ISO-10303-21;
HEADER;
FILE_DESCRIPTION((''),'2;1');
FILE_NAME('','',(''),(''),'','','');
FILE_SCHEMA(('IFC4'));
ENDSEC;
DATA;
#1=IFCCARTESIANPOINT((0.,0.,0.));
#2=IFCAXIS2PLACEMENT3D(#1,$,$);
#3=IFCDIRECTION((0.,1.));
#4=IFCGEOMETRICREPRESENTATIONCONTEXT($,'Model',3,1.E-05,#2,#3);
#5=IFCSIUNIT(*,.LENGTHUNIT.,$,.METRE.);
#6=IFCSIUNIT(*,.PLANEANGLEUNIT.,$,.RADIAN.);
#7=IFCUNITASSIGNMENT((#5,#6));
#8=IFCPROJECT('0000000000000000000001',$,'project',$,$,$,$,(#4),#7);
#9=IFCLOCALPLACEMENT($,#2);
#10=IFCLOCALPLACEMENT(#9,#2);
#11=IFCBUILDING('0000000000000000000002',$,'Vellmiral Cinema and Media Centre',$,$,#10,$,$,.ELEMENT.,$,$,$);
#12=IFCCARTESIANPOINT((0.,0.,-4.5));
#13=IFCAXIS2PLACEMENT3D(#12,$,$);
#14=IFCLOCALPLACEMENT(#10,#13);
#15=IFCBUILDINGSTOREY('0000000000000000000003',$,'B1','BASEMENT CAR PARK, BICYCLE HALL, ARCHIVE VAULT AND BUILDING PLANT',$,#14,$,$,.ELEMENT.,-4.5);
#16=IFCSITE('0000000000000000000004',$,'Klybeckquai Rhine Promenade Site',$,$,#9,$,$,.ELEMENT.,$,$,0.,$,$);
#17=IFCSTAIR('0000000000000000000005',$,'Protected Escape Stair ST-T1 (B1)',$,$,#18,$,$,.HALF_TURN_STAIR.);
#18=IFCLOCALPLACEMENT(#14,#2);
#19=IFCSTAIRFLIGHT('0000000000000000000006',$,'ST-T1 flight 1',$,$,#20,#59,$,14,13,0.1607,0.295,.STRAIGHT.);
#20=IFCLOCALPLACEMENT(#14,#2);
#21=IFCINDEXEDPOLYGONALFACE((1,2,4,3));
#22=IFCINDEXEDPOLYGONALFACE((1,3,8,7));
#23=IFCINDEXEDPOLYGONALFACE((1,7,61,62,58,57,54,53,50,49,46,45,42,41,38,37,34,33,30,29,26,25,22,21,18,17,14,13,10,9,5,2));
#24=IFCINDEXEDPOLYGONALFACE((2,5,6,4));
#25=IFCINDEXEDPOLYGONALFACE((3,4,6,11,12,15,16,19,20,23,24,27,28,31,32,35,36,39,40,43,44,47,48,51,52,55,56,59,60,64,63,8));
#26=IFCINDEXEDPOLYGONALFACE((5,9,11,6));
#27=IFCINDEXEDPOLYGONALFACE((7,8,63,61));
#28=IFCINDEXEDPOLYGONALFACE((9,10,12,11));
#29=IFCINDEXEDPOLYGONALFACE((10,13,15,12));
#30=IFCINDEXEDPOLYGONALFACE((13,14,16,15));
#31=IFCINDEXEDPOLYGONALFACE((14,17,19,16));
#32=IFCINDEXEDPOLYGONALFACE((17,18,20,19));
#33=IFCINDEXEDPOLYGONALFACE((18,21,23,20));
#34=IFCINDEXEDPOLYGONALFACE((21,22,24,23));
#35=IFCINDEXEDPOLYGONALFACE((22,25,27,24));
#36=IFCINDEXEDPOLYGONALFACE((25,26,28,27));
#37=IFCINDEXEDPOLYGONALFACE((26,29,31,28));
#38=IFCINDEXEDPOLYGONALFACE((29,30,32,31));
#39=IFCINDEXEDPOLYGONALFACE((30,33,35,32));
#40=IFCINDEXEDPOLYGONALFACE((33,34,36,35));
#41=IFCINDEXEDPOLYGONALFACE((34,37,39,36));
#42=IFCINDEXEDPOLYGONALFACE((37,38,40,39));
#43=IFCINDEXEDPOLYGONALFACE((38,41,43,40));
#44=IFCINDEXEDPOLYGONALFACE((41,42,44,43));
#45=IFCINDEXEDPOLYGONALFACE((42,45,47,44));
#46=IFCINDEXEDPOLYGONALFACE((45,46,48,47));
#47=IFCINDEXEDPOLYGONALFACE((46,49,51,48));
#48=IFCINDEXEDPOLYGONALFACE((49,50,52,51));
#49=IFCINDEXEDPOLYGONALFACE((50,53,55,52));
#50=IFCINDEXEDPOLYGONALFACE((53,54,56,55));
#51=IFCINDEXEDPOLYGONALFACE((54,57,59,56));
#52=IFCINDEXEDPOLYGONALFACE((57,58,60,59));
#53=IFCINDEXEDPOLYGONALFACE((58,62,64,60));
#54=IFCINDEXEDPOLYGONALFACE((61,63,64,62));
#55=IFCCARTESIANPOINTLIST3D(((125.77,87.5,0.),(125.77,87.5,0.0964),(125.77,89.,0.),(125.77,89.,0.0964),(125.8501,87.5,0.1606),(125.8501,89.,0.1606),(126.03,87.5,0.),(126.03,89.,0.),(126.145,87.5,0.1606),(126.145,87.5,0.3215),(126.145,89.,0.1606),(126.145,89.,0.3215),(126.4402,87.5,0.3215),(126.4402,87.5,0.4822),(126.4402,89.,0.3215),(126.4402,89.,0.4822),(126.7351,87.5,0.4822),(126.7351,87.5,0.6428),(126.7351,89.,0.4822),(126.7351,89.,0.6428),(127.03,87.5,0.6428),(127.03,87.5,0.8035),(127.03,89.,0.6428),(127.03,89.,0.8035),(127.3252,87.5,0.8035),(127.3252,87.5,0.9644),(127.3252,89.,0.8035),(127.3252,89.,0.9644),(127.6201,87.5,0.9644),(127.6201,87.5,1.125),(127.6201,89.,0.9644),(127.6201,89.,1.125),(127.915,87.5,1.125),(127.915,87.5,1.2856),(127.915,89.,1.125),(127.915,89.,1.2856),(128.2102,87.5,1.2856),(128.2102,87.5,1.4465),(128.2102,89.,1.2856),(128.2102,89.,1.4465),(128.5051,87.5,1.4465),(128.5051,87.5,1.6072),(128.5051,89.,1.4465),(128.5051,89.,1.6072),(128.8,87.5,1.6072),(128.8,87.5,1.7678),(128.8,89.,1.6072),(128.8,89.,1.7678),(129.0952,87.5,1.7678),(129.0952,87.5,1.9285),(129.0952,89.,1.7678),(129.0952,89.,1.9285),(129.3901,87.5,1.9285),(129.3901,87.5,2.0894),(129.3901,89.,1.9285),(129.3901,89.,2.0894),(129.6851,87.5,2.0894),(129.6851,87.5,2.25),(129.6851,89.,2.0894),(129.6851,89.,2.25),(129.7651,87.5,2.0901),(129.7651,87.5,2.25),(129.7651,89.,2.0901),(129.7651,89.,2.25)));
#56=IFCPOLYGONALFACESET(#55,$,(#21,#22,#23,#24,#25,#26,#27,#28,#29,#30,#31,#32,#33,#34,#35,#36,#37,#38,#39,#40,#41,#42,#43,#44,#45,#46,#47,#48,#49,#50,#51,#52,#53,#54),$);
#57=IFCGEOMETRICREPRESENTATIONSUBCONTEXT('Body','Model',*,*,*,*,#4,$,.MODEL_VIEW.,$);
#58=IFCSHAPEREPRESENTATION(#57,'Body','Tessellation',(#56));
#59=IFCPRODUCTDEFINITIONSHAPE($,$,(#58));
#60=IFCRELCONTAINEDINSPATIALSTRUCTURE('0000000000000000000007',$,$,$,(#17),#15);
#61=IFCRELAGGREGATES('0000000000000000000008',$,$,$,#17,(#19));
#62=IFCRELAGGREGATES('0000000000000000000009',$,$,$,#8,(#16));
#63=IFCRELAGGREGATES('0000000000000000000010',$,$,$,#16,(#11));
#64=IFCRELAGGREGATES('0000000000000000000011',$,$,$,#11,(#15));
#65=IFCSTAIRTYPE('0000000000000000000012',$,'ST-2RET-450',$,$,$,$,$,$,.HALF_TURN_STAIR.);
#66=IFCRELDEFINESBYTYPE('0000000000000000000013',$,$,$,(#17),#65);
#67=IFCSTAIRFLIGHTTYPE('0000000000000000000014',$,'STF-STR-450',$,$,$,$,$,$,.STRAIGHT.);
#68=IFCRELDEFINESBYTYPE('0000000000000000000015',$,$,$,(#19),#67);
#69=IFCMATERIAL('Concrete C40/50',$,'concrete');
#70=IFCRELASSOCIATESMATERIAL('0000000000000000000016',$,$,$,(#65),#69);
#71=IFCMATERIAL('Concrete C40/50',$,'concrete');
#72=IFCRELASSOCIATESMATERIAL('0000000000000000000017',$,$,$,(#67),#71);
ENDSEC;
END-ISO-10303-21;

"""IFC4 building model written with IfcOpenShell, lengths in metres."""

from ifc_helpers import new_model, si_unit, direction, frame, origin, place, context, subcontext, project, spatial, polyline, outline, extrude, material, type_object, element, aggregate, save


model = new_model("IFC4")

# Units and contexts
model_context = context("Model", 3, precision=1e-05, world=origin(), true_north=direction((0.0, 1.0)))
body_context = subcontext(model_context, "Body", "Model", "MODEL_VIEW")
ifc_project = project(units=[si_unit("LENGTHUNIT", "METRE"), si_unit("PLANEANGLEUNIT", "RADIAN")], contexts=[model_context])

# Site, building, storey
site_placement = place(None, origin())
site = spatial("IfcSite", under=ifc_project, at=site_placement, Name="Klybeckquai Rhine Promenade Site", CompositionType="ELEMENT", RefElevation=0.0)
building_placement = place(site_placement, origin())
building = spatial("IfcBuilding", under=site, at=building_placement, Name="Vellmiral Cinema and Media Centre", CompositionType="ELEMENT")
storey_placement = place(building_placement, frame((0.0, 0.0, -4.5)))
storey = spatial("IfcBuildingStorey", under=building, at=storey_placement, Name="B1", Description="BASEMENT CAR PARK, BICYCLE HALL, ARCHIVE VAULT AND BUILDING PLANT", CompositionType="ELEMENT", Elevation=-4.5)

# Stair, stair flight
ifc_material_1 = material(Name="Concrete C40/50", Category="concrete")
stair_type = type_object("IfcStairType", Name="ST-2RET-450", PredefinedType="HALF_TURN_STAIR", material=ifc_material_1)
stair_placement = place(storey_placement, origin())
stair = element("IfcStair", 1, at=stair_placement, inside=storey, type_object=stair_type, Name="Protected Escape Stair ST-T1 (B1)", PredefinedType="HALF_TURN_STAIR")
ifc_material_2 = material(Name="Concrete C40/50", Category="concrete")
stair_flight_type = type_object("IfcStairFlightType", Name="STF-STR-450", PredefinedType="STRAIGHT", material=ifc_material_2)
stair_flight_placement = place(storey_placement, frame((125.8501, 88.25, 0.0), z_axis=(0.0, 0.0, 1.0), x_axis=(1.0, 0.0, 0.0)))
stair_flight = element("IfcStairFlight", 2, at=stair_flight_placement, type_object=stair_flight_type, Name="ST-T1 flight 1", NumberOfRisers=14, NumberOfTreads=13, PredefinedType="STRAIGHT", RiserHeight=0.1607, TreadLength=0.295, context=body_context, shape_type="SweptSolid", body=[
    extrude(outline(polyline([(-0.0801, 0.0), (-0.0801, 0.0964), (0.0, 0.1606), (0.2949, 0.1606), (0.2949, 0.3215), (0.5901, 0.3215), (0.5901, 0.4822), (0.885, 0.4822), (0.885, 0.6428), (1.1799, 0.6428), (1.1799, 0.8035), (1.4751, 0.8035), (1.4751, 0.9644), (1.77, 0.9644), (1.77, 1.125), (2.0649, 1.125), (2.0649, 1.2856), (2.3601, 1.2856), (2.3601, 1.4465), (2.655, 1.4465), (2.655, 1.6072), (2.95, 1.6072), (2.95, 1.7678), (3.2451, 1.7678), (3.2451, 1.9285), (3.54, 1.9285), (3.54, 2.0894), (3.835, 2.0894), (3.835, 2.25), (3.915, 2.25), (3.915, 2.0901), (0.1799, 0.0), (-0.0801, 0.0)])), frame((0.0, 0.75, 0.0), z_axis=(0.0, -1.0, 0.0), x_axis=(1.0, 0.0, 0.0)), (0.0, 0.0, 1.0), 1.5),
])
aggregate(stair, [stair_flight])

save(model, "model.ifc")
